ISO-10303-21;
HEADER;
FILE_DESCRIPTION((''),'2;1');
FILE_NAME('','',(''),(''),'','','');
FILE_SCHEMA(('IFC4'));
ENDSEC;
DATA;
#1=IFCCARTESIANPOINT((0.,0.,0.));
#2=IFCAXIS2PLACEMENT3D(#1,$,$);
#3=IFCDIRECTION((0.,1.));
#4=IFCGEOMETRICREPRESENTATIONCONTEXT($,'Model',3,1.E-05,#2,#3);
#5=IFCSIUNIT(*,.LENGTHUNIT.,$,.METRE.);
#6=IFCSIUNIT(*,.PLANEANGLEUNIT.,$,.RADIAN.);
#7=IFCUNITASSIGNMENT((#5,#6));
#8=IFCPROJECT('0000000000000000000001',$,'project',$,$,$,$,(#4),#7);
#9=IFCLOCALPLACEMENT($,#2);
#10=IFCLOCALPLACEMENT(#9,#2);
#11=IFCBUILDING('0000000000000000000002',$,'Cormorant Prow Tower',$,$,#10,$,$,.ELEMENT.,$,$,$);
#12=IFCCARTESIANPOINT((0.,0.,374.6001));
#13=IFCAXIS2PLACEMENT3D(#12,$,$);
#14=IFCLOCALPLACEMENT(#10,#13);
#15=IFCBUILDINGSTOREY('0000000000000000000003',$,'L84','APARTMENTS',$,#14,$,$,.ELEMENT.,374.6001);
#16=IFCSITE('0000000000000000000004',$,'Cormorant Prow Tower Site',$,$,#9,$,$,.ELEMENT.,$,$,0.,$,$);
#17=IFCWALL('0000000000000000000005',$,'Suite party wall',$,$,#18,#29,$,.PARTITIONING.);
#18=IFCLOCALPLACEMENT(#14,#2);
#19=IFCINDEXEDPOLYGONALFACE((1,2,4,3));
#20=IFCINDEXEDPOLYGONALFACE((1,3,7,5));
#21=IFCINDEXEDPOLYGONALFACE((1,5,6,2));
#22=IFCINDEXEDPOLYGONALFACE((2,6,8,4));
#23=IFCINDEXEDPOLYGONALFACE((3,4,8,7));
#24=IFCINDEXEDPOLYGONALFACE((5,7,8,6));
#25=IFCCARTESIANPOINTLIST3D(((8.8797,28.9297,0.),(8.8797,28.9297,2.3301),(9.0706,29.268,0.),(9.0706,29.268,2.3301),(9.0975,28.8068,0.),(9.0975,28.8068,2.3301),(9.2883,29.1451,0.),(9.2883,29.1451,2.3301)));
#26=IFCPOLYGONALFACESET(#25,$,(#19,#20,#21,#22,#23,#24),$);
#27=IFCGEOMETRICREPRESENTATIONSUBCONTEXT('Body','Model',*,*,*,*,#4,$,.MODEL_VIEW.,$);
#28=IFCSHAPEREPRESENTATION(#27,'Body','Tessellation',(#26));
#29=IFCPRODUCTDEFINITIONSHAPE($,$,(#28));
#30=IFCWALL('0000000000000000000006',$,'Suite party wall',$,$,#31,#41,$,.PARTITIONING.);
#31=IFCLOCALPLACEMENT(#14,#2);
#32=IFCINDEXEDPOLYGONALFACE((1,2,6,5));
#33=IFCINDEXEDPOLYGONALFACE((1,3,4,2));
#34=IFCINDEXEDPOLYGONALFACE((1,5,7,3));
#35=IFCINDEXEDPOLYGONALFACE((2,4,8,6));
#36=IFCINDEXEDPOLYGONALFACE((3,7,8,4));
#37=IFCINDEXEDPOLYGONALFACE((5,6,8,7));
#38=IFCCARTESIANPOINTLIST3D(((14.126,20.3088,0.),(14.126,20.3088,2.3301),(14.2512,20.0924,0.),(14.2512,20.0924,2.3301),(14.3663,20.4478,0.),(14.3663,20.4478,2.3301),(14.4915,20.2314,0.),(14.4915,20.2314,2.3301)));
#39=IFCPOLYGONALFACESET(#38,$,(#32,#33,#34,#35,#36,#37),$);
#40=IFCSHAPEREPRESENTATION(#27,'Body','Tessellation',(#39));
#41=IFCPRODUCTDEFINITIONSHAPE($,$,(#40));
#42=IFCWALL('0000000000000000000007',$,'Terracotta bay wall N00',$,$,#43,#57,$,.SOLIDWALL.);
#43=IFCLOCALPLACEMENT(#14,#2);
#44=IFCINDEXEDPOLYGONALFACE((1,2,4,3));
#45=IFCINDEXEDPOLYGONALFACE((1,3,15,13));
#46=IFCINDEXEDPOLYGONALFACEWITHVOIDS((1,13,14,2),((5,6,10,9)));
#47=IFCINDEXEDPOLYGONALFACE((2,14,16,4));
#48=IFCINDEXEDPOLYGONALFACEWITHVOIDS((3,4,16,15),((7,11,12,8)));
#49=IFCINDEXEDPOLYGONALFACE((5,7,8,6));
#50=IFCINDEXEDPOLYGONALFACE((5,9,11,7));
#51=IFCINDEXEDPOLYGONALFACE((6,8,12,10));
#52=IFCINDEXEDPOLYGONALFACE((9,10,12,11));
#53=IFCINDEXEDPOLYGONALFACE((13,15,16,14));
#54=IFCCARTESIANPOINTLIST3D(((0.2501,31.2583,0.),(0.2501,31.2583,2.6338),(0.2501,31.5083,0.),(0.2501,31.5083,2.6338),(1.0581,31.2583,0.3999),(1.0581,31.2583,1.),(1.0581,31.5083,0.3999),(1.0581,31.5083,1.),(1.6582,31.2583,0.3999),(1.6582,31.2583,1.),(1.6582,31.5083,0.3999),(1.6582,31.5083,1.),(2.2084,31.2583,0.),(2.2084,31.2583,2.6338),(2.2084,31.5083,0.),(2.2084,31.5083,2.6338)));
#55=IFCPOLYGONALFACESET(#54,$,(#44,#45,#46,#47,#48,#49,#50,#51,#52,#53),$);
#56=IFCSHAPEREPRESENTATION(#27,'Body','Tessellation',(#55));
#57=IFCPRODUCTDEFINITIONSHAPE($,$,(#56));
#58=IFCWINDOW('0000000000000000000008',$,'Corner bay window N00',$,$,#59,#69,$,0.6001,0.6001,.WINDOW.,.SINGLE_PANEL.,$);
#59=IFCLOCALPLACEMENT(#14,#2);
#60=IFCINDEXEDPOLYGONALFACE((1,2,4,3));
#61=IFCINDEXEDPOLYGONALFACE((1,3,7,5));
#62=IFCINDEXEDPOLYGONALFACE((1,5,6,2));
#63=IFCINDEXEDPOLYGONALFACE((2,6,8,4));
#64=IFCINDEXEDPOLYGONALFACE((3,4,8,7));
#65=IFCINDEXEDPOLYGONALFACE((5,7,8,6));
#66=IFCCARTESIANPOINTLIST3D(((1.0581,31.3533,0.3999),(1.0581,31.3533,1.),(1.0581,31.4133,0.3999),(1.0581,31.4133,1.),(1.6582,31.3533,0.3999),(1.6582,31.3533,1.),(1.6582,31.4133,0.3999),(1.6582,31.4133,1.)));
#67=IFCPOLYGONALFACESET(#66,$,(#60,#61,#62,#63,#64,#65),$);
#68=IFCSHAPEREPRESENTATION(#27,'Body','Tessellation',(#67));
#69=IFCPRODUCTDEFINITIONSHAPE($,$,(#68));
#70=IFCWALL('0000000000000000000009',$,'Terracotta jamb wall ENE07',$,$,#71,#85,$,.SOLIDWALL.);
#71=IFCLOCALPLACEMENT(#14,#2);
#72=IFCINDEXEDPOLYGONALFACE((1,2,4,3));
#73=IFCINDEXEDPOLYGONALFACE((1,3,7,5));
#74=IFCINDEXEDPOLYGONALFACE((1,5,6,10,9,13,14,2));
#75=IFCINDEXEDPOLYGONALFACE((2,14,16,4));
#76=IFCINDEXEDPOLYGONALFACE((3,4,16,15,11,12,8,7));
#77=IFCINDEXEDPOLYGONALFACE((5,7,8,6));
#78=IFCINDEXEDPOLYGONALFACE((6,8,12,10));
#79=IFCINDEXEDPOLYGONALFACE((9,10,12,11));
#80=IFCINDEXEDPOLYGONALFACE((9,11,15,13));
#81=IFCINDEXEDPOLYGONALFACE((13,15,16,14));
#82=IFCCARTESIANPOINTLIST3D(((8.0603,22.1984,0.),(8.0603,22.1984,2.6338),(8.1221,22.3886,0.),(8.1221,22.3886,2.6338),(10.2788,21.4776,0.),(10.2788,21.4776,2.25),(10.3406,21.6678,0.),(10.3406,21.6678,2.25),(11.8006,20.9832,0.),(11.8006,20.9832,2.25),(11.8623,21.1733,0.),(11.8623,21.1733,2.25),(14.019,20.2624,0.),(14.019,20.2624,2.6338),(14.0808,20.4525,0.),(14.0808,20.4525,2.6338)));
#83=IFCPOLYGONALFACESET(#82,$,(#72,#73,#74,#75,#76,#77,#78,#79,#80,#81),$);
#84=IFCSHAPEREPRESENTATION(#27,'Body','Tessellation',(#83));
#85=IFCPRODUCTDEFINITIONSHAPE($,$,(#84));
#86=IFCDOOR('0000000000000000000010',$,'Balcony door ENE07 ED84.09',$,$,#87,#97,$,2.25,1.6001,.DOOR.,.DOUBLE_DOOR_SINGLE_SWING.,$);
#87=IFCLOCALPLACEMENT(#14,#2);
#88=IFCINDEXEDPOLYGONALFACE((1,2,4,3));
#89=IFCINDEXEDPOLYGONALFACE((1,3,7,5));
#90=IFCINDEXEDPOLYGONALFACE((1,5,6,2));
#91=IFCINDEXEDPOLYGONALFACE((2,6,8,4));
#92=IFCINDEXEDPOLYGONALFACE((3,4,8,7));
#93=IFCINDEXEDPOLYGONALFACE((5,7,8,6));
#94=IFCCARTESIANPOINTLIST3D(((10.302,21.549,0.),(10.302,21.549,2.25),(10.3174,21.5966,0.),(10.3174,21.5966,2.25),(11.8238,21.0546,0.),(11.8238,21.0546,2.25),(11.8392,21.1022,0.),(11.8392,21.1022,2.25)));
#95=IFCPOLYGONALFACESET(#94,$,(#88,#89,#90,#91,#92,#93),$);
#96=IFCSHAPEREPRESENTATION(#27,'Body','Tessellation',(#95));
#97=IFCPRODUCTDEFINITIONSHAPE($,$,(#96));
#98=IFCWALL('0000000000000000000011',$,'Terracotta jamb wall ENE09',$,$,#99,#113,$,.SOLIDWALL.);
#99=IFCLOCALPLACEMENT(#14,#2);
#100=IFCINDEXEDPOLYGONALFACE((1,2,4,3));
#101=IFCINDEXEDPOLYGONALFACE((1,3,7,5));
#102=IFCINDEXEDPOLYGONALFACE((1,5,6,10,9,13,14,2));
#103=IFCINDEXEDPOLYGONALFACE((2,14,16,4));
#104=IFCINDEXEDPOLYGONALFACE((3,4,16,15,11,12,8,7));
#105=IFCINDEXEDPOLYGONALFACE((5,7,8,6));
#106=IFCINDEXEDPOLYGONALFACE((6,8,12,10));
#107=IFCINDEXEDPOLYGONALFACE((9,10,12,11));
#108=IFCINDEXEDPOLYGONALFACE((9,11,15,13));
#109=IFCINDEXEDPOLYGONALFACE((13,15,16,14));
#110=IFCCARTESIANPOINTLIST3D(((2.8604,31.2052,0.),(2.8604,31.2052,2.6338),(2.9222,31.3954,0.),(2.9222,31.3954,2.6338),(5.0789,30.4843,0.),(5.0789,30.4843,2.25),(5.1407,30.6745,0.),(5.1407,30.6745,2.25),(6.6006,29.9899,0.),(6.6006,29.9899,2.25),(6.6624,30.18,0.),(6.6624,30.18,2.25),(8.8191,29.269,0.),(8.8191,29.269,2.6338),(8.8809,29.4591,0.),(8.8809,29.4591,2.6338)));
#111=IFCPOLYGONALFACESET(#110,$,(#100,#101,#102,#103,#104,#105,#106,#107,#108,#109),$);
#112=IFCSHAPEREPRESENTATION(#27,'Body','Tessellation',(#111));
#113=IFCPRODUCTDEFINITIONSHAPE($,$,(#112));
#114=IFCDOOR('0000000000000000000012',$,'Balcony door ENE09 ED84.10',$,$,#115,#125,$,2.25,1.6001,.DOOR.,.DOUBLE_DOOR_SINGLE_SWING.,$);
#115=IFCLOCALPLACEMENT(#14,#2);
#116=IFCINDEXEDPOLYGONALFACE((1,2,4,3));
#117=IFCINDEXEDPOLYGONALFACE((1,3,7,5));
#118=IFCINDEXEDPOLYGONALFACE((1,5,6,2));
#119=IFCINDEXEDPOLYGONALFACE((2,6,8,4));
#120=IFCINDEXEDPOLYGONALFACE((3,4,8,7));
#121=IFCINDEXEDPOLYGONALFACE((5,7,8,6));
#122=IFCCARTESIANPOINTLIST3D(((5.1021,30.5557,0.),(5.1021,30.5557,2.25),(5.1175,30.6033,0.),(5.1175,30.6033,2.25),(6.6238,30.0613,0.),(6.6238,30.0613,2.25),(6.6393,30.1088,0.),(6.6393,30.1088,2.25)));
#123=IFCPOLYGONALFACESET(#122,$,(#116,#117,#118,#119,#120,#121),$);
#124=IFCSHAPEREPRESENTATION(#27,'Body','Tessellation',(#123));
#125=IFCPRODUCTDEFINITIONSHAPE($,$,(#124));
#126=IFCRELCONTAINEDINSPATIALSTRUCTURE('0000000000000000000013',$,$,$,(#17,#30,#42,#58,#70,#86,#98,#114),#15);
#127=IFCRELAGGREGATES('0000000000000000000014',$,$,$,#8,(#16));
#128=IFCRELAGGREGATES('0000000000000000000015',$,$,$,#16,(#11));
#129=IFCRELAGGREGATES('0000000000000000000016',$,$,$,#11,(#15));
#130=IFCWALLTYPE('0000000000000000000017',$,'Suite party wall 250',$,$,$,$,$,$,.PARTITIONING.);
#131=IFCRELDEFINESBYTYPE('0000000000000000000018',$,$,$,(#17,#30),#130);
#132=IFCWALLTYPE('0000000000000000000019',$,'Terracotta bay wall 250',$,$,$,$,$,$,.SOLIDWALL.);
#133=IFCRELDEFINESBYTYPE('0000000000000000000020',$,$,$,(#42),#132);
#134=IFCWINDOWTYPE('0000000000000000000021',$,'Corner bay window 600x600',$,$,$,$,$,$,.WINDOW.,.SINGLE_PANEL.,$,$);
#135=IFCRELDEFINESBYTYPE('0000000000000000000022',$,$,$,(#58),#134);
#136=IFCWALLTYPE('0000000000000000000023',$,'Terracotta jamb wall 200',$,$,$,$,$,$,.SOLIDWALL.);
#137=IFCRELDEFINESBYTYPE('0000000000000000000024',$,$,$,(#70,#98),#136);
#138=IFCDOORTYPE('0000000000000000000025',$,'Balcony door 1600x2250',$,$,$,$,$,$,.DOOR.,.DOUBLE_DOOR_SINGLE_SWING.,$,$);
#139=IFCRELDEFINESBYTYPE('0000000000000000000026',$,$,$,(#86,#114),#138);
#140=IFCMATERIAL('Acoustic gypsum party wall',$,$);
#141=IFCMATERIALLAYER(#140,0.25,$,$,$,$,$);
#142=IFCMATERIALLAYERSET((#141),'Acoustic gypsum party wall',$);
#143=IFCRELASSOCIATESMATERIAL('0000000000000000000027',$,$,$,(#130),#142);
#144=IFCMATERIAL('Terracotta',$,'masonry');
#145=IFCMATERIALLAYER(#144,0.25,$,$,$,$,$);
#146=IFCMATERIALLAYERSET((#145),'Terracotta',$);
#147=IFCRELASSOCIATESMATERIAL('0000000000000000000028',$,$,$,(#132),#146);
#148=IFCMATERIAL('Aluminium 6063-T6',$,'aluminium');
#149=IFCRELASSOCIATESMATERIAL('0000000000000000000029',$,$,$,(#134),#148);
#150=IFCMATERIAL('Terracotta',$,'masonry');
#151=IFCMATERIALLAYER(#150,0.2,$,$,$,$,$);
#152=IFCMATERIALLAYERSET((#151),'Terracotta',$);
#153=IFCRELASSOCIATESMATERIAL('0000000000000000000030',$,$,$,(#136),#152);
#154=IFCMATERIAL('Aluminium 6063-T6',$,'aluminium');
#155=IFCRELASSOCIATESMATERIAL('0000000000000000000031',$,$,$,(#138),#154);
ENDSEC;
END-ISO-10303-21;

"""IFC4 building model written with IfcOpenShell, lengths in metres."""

from ifc_helpers import new_model, si_unit, direction, frame, frame_2d, origin, place, context, subcontext, project, spatial, rectangle, extrude, material, layer, layer_set, type_object, element, fill, save


model = new_model("IFC4")

# Units and contexts
model_context = context("Model", 3, precision=1e-05, world=origin(), true_north=direction((0.0, 1.0)))
body_context = subcontext(model_context, "Body", "Model", "MODEL_VIEW")
ifc_project = project(units=[si_unit("LENGTHUNIT", "METRE"), si_unit("PLANEANGLEUNIT", "RADIAN")], contexts=[model_context])

# Site, building, storey
site_placement = place(None, origin())
site = spatial("IfcSite", under=ifc_project, at=site_placement, Name="Cormorant Prow Tower Site", CompositionType="ELEMENT", RefElevation=0.0)
building_placement = place(site_placement, origin())
building = spatial("IfcBuilding", under=site, at=building_placement, Name="Cormorant Prow Tower", CompositionType="ELEMENT")
storey_placement = place(building_placement, frame((0.0, 0.0, 374.6001)))
storey = spatial("IfcBuildingStorey", under=building, at=storey_placement, Name="L84", Description="APARTMENTS", CompositionType="ELEMENT", Elevation=374.6001)

# Walls
ifc_material_1 = material(Name="Acoustic gypsum party wall")
ifc_layer_1 = layer(ifc_material_1, 0.25)
ifc_layer_set_1 = layer_set([ifc_layer_1], Name="Acoustic gypsum party wall")
wall_type_1 = type_object("IfcWallType", Name="Suite party wall 250", PredefinedType="PARTITIONING", material=ifc_layer_set_1)
wall_1_placement = place(storey_placement, frame((8.9885, 28.8682, 0.0), z_axis=(0.0, 0.0, 1.0), x_axis=(0.491395, 0.870937, 0.0)))
element("IfcWall", 1, at=wall_1_placement, inside=storey, type_object=wall_type_1, Name="Suite party wall", PredefinedType="PARTITIONING", context=body_context, shape_type="SweptSolid", body=[
    extrude(rectangle(XDim=0.3884, YDim=0.25, at=frame_2d((0.1943, 0.0))), origin(), (0.0, 0.0, 1.0), 2.3301),
])
wall_2_placement = place(storey_placement, frame((14.1887, 20.2007, 0.0), z_axis=(0.0, 0.0, 1.0), x_axis=(0.865687, 0.500585, 0.0)))
element("IfcWall", 2, at=wall_2_placement, inside=storey, type_object=wall_type_1, Name="Suite party wall", PredefinedType="PARTITIONING", context=body_context, shape_type="SweptSolid", body=[
    extrude(rectangle(XDim=0.2776, YDim=0.25, at=frame_2d((0.1387, 0.0))), origin(), (0.0, 0.0, 1.0), 2.3301),
])

# Wall, opening, window
ifc_material_2 = material(Name="Terracotta", Category="masonry")
ifc_layer_2 = layer(ifc_material_2, 0.25)
ifc_layer_set_2 = layer_set([ifc_layer_2], Name="Terracotta")
wall_type_2 = type_object("IfcWallType", Name="Terracotta bay wall 250", PredefinedType="SOLIDWALL", material=ifc_layer_set_2)
wall_3_placement = place(storey_placement, frame((2.2083, 31.3833, 0.0), z_axis=(0.0, 0.0, 1.0), x_axis=(-1.0, 0.0, 0.0)))
wall_3 = element("IfcWall", 3, at=wall_3_placement, inside=storey, type_object=wall_type_2, Name="Terracotta bay wall N00", PredefinedType="SOLIDWALL", context=body_context, shape_type="SweptSolid", body=[
    extrude(rectangle(XDim=1.9583, YDim=0.25, at=frame_2d((0.979, 0.0))), origin(), (0.0, 0.0, 1.0), 2.6338),
])
opening_1_placement = place(wall_3_placement, frame((0.55, 0.0, 0.3999)))
opening_1 = element("IfcOpeningElement", 4, at=opening_1_placement, cuts=wall_3, PredefinedType="OPENING", context=body_context, shape_type="SweptSolid", body=[
    extrude(rectangle(XDim=0.6001, YDim=0.6001, at=frame_2d((0.3, 0.3))), frame((0.0, 0.135, 0.0), z_axis=(0.0, -1.0, 0.0), x_axis=(1.0, 0.0, 0.0)), (0.0, 0.0, 1.0), 0.27),
])
ifc_material_3 = material(Name="Aluminium 6063-T6", Category="aluminium")
window_type = type_object("IfcWindowType", Name="Corner bay window 600x600", PartitioningType="SINGLE_PANEL", PredefinedType="WINDOW", material=ifc_material_3)
window_placement = place(opening_1_placement, origin())
window = element("IfcWindow", 5, at=window_placement, inside=storey, type_object=window_type, Name="Corner bay window N00", OverallHeight=0.6001, OverallWidth=0.6001, PartitioningType="SINGLE_PANEL", PredefinedType="WINDOW", context=body_context, shape_type="SweptSolid", body=[
    extrude(rectangle(XDim=0.6001, YDim=0.6001, at=frame_2d((0.3, 0.3))), frame((0.0, 0.03, 0.0), z_axis=(0.0, -1.0, 0.0), x_axis=(1.0, 0.0, 0.0)), (0.0, 0.0, 1.0), 0.0601),
])
fill(opening_1, window)

# Walls, openings, doors
ifc_material_4 = material(Name="Terracotta", Category="masonry")
ifc_layer_3 = layer(ifc_material_4, 0.2)
ifc_layer_set_3 = layer_set([ifc_layer_3], Name="Terracotta")
wall_type_3 = type_object("IfcWallType", Name="Terracotta jamb wall 200", PredefinedType="SOLIDWALL", material=ifc_layer_set_3)
wall_4_placement = place(storey_placement, frame((14.05, 20.3574, 0.0), z_axis=(0.0, 0.0, 1.0), x_axis=(-0.95106, 0.309006, 0.0)))
wall_4 = element("IfcWall", 6, at=wall_4_placement, inside=storey, type_object=wall_type_3, Name="Terracotta jamb wall ENE07", PredefinedType="SOLIDWALL", context=body_context, shape_type="SweptSolid", body=[
    extrude(rectangle(XDim=6.2654, YDim=0.2, at=frame_2d((3.1328, 0.0))), origin(), (0.0, 0.0, 1.0), 2.6338),
])
opening_2_placement = place(wall_4_placement, frame((2.3328, 0.0, 0.0)))
opening_2 = element("IfcOpeningElement", 7, at=opening_2_placement, cuts=wall_4, PredefinedType="OPENING", context=body_context, shape_type="SweptSolid", body=[
    extrude(rectangle(XDim=1.6001, YDim=2.25, at=frame_2d((0.8, 1.125))), frame((0.0, 0.1099, 0.0), z_axis=(0.0, -1.0, 0.0), x_axis=(1.0, 0.0, 0.0)), (0.0, 0.0, 1.0), 0.22),
])
ifc_material_5 = material(Name="Aluminium 6063-T6", Category="aluminium")
door_type_1 = type_object("IfcDoorType", Name="Balcony door 1600x2250", OperationType="DOUBLE_DOOR_SINGLE_SWING", PredefinedType="DOOR", material=ifc_material_5)
door_1_placement = place(opening_2_placement, origin())
door_1 = element("IfcDoor", 8, at=door_1_placement, inside=storey, type_object=door_type_1, Name="Balcony door ENE07 ED84.09", OperationType="DOUBLE_DOOR_SINGLE_SWING", OverallHeight=2.25, OverallWidth=1.6001, PredefinedType="DOOR", context=body_context, shape_type="SweptSolid", body=[
    extrude(rectangle(XDim=1.6001, YDim=2.25, at=frame_2d((0.8, 1.125))), frame((0.0, 0.0249, 0.0), z_axis=(0.0, -1.0, 0.0), x_axis=(1.0, 0.0, 0.0)), (0.0, 0.0, 1.0), 0.05),
])
fill(opening_2, door_1)
wall_5_placement = place(storey_placement, frame((8.8501, 29.364, 0.0), z_axis=(0.0, 0.0, 1.0), x_axis=(-0.951049, 0.309041, 0.0)))
wall_5 = element("IfcWall", 9, at=wall_5_placement, inside=storey, type_object=wall_type_3, Name="Terracotta jamb wall ENE09", PredefinedType="SOLIDWALL", context=body_context, shape_type="SweptSolid", body=[
    extrude(rectangle(XDim=6.2654, YDim=0.2, at=frame_2d((3.1328, 0.0))), origin(), (0.0, 0.0, 1.0), 2.6338),
])
opening_3_placement = place(wall_5_placement, frame((2.3328, 0.0, 0.0)))
opening_3 = element("IfcOpeningElement", 10, at=opening_3_placement, cuts=wall_5, PredefinedType="OPENING", context=body_context, shape_type="SweptSolid", body=[
    extrude(rectangle(XDim=1.6001, YDim=2.25, at=frame_2d((0.8, 1.125))), frame((0.0, 0.1099, 0.0), z_axis=(0.0, -1.0, 0.0), x_axis=(1.0, 0.0, 0.0)), (0.0, 0.0, 1.0), 0.22),
])
door_2_placement = place(opening_3_placement, origin())
door_2 = element("IfcDoor", 11, at=door_2_placement, inside=storey, type_object=door_type_1, Name="Balcony door ENE09 ED84.10", OperationType="DOUBLE_DOOR_SINGLE_SWING", OverallHeight=2.25, OverallWidth=1.6001, PredefinedType="DOOR", context=body_context, shape_type="SweptSolid", body=[
    extrude(rectangle(XDim=1.6001, YDim=2.25, at=frame_2d((0.8, 1.125))), frame((0.0, 0.0249, 0.0), z_axis=(0.0, -1.0, 0.0), x_axis=(1.0, 0.0, 0.0)), (0.0, 0.0, 1.0), 0.05),
])
fill(opening_3, door_2)

save(model, "model.ifc")
